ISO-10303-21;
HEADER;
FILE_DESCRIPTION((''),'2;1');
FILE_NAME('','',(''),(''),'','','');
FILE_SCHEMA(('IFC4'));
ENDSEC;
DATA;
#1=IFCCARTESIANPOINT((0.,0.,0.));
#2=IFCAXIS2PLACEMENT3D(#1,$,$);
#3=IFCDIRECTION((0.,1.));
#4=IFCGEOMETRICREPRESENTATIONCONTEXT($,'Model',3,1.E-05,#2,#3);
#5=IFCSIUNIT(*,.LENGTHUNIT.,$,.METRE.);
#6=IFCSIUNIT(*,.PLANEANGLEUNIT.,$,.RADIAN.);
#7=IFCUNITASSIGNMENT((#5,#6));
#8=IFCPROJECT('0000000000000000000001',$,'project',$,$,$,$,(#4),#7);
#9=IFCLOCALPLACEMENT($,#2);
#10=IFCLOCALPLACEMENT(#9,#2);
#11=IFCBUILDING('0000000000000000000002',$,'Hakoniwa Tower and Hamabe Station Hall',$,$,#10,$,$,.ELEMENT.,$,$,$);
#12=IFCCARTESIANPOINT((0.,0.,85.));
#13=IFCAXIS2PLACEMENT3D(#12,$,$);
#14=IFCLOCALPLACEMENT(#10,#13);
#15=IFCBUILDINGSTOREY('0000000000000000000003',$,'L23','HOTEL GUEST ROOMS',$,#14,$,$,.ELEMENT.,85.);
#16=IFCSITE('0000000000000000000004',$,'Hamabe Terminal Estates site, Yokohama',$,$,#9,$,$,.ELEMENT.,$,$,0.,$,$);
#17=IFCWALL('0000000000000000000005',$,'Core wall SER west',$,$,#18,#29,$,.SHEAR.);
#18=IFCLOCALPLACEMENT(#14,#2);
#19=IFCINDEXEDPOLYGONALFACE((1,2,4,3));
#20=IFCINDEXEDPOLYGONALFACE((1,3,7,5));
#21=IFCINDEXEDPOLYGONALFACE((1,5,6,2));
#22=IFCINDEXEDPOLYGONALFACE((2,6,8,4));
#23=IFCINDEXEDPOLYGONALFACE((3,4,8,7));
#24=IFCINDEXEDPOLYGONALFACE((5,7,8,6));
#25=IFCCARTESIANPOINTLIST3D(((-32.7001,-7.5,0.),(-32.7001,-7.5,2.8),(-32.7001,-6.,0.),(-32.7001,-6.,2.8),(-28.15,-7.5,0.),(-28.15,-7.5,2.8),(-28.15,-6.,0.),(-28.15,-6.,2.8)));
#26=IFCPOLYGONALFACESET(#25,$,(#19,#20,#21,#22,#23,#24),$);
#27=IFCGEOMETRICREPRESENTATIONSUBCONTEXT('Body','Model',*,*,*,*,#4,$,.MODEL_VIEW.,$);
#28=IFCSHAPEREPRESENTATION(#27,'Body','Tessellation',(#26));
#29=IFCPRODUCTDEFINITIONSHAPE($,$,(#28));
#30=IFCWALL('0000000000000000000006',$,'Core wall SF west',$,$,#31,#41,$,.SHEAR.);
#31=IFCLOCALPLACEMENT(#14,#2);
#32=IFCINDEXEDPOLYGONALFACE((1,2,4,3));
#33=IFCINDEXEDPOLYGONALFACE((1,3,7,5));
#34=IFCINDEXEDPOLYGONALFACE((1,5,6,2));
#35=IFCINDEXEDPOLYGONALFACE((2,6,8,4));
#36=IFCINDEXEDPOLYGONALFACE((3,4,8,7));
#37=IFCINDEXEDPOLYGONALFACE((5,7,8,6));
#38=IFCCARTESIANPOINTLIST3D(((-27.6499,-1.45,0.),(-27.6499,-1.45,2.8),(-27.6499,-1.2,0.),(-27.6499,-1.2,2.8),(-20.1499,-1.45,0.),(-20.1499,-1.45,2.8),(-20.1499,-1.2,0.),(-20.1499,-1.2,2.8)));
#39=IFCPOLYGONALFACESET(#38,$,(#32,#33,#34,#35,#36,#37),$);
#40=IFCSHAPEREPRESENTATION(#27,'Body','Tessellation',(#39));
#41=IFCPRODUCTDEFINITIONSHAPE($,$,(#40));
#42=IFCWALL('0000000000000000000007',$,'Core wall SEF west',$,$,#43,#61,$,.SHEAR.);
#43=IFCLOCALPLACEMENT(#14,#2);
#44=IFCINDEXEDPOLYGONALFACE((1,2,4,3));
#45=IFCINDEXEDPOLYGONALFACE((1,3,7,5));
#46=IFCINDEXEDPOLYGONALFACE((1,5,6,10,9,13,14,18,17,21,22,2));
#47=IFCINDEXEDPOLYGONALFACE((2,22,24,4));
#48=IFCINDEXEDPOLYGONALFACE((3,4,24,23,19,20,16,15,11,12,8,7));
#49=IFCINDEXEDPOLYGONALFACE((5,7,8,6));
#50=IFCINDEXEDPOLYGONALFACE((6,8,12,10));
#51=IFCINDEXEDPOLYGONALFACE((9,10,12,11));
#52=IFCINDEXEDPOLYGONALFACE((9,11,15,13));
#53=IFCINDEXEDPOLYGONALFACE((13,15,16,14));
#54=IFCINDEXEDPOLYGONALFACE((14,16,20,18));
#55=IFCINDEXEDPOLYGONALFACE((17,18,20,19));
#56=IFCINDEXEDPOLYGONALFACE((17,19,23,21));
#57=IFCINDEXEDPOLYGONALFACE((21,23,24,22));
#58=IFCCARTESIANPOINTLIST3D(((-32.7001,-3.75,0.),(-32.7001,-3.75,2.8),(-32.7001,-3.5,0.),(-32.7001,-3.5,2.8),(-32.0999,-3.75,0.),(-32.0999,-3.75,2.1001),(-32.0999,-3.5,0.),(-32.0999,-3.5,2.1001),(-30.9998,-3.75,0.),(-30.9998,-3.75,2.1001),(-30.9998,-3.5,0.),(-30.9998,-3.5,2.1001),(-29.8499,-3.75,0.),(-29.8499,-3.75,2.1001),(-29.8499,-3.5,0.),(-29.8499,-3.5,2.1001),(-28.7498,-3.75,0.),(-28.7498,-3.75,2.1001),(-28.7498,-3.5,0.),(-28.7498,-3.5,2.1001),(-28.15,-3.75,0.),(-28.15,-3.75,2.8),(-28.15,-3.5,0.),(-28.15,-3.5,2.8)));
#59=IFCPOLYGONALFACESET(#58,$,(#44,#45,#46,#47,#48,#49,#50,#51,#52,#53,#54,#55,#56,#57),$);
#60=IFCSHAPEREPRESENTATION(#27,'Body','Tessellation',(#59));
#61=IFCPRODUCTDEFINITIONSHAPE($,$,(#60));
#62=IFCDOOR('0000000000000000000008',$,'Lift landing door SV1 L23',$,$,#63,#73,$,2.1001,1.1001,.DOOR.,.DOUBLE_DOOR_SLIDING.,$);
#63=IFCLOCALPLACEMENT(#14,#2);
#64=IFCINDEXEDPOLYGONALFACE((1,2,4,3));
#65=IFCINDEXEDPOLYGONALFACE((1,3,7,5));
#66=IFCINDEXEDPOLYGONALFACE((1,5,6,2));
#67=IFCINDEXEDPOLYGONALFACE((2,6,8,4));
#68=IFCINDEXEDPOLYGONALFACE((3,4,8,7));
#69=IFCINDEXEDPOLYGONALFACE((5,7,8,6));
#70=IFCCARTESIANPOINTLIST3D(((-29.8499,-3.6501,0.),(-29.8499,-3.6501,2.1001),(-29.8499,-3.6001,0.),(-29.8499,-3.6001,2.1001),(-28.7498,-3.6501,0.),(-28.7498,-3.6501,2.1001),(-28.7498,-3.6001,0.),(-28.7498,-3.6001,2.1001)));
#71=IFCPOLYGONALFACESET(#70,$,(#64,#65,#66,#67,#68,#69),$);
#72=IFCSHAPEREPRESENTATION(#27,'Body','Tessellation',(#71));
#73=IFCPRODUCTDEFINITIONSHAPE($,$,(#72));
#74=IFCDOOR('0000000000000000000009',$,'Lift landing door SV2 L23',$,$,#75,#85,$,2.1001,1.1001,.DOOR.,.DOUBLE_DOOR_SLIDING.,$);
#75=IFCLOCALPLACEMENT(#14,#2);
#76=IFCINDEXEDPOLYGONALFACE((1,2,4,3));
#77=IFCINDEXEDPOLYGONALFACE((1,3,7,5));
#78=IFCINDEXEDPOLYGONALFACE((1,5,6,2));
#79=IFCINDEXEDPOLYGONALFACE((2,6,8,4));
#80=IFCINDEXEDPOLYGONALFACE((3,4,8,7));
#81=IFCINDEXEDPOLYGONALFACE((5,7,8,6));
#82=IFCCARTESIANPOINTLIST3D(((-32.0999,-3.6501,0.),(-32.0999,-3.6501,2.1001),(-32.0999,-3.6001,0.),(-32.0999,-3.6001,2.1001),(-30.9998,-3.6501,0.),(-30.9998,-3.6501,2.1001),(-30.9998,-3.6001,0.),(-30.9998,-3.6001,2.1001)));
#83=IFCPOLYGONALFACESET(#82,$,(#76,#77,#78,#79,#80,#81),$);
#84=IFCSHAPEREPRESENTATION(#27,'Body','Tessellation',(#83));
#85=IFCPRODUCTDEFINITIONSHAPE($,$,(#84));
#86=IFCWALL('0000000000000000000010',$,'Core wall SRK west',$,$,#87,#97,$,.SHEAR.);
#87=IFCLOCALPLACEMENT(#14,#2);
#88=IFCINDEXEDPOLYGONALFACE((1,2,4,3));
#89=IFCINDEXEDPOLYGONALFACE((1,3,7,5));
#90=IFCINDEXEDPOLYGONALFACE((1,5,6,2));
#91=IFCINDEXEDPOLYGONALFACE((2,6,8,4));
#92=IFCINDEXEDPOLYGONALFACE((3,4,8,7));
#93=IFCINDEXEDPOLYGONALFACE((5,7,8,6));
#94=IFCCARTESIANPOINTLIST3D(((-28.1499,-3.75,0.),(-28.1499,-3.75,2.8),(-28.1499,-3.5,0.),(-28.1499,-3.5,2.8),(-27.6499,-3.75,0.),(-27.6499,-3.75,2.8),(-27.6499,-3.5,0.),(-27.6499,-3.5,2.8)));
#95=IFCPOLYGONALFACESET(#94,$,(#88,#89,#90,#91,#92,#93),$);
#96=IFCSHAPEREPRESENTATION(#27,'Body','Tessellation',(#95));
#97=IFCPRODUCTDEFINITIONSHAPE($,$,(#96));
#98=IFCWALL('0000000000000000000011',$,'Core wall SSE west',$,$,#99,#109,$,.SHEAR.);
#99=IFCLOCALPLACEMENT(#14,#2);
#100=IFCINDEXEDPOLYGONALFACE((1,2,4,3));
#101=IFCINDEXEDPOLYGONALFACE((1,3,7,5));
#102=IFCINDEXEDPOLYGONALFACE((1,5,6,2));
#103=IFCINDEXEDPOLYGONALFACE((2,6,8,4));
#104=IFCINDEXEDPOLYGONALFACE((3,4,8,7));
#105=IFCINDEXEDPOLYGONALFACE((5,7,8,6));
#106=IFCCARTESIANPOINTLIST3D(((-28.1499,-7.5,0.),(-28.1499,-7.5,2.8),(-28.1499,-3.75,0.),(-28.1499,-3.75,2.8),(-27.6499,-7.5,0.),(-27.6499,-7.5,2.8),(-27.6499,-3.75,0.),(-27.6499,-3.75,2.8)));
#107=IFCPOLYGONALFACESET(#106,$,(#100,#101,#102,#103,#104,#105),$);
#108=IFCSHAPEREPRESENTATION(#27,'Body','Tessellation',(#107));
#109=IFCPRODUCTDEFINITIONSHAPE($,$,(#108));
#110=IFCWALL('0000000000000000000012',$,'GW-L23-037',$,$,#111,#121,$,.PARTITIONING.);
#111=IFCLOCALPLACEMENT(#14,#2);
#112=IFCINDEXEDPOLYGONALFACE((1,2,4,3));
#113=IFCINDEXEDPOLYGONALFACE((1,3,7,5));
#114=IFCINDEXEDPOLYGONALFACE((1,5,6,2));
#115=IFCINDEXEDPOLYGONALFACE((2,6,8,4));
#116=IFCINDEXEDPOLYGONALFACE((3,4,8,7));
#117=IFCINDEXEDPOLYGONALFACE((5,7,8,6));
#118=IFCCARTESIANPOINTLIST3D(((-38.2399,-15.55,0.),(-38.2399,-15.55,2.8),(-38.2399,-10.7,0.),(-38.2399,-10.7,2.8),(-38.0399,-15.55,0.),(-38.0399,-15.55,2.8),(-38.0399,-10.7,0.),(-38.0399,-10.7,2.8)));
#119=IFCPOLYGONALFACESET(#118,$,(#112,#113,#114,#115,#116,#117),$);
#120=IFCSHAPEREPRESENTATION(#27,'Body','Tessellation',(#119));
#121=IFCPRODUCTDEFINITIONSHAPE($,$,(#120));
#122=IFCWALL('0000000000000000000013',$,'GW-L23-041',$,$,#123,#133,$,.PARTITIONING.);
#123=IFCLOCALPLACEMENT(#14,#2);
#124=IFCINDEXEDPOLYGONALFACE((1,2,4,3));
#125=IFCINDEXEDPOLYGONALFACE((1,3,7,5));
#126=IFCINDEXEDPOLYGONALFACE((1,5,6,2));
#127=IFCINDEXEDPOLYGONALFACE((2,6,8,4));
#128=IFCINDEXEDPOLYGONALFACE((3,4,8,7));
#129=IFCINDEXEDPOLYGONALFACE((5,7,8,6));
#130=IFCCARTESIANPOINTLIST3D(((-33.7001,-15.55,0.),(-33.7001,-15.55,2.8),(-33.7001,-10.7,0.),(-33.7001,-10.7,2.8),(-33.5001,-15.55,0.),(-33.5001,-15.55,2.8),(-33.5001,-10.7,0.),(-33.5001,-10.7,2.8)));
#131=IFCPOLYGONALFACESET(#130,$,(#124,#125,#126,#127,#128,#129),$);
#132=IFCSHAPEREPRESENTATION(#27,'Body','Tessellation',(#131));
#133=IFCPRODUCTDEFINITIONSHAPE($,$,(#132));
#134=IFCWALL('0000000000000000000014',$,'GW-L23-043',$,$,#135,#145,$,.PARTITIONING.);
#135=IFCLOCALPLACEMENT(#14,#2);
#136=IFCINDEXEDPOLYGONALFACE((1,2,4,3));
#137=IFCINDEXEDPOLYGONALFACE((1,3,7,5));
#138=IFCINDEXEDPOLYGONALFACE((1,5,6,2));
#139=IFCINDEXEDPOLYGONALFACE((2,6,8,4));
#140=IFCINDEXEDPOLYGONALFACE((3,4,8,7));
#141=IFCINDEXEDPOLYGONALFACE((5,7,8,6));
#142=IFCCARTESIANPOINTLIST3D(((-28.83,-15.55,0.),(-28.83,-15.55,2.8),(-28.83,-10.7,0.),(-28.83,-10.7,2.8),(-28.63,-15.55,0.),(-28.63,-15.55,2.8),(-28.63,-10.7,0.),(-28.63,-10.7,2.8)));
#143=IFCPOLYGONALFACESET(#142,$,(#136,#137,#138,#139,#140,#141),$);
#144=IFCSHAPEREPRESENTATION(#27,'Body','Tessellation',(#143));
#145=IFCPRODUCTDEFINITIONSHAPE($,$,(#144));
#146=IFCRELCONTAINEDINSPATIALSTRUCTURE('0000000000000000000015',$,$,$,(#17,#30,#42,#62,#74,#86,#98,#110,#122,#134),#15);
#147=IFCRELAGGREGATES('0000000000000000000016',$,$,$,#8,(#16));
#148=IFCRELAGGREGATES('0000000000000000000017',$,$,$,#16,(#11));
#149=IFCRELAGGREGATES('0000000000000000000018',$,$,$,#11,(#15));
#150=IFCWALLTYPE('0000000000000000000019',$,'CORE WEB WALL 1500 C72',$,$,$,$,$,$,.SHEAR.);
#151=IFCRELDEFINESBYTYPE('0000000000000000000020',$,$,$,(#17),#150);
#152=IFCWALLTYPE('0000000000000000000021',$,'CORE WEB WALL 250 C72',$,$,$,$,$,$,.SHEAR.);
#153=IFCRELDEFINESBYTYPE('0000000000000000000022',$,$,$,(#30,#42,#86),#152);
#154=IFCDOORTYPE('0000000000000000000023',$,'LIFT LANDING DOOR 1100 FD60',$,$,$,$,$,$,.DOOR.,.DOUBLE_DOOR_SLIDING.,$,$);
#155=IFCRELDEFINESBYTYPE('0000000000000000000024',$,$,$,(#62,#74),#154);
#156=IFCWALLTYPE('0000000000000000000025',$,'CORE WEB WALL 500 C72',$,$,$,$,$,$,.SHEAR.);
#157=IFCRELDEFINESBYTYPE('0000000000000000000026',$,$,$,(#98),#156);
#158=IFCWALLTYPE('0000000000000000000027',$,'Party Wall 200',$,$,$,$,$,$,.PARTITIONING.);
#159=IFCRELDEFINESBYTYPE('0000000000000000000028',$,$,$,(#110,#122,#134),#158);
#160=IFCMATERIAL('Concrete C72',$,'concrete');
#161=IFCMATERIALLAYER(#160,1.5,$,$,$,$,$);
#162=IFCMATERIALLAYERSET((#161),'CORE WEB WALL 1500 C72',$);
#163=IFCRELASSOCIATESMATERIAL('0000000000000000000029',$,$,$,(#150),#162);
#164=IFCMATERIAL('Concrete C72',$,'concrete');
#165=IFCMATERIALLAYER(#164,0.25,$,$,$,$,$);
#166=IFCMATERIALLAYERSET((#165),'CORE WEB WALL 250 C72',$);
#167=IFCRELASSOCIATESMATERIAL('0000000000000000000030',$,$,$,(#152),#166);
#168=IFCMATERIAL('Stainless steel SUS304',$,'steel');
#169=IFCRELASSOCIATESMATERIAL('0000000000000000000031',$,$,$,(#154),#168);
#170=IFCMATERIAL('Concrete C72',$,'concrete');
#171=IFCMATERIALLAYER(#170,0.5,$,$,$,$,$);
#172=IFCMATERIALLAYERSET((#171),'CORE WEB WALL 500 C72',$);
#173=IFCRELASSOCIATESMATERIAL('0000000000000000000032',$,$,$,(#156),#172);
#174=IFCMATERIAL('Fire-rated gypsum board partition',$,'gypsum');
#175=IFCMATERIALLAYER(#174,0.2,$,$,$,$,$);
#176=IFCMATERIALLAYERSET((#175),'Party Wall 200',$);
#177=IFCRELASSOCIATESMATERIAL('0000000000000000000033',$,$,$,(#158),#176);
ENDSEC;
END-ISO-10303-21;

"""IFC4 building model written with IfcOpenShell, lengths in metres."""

from ifc_helpers import new_model, si_unit, direction, frame, frame_2d, origin, place, context, subcontext, project, spatial, rectangle, extrude, material, layer, layer_set, type_object, element, fill, save


model = new_model("IFC4")

# Units and contexts
model_context = context("Model", 3, precision=1e-05, world=origin(), true_north=direction((0.0, 1.0)))
body_context = subcontext(model_context, "Body", "Model", "MODEL_VIEW")
ifc_project = project(units=[si_unit("LENGTHUNIT", "METRE"), si_unit("PLANEANGLEUNIT", "RADIAN")], contexts=[model_context])

# Site, building, storey
site_placement = place(None, origin())
site = spatial("IfcSite", under=ifc_project, at=site_placement, Name="Hamabe Terminal Estates site, Yokohama", CompositionType="ELEMENT", RefElevation=0.0)
building_placement = place(site_placement, origin())
building = spatial("IfcBuilding", under=site, at=building_placement, Name="Hakoniwa Tower and Hamabe Station Hall", CompositionType="ELEMENT")
storey_placement = place(building_placement, frame((0.0, 0.0, 85.0)))
storey = spatial("IfcBuildingStorey", under=building, at=storey_placement, Name="L23", Description="HOTEL GUEST ROOMS", CompositionType="ELEMENT", Elevation=85.0)

# Walls
ifc_material_1 = material(Name="Concrete C72", Category="concrete")
ifc_layer_1 = layer(ifc_material_1, 1.5)
ifc_layer_set_1 = layer_set([ifc_layer_1], Name="CORE WEB WALL 1500 C72")
wall_type_1 = type_object("IfcWallType", Name="CORE WEB WALL 1500 C72", PredefinedType="SHEAR", material=ifc_layer_set_1)
wall_1_placement = place(storey_placement, frame((-32.7, -6.75, 0.0), z_axis=(0.0, 0.0, 1.0), x_axis=(1.0, 0.0, 0.0)))
element("IfcWall", 1, at=wall_1_placement, inside=storey, type_object=wall_type_1, Name="Core wall SER west", PredefinedType="SHEAR", context=body_context, shape_type="SweptSolid", body=[
    extrude(rectangle(XDim=4.55, YDim=1.5, at=frame_2d((2.2749, 0.0))), origin(), (0.0, 0.0, 1.0), 2.8),
])
ifc_material_2 = material(Name="Concrete C72", Category="concrete")
ifc_layer_2 = layer(ifc_material_2, 0.25)
ifc_layer_set_2 = layer_set([ifc_layer_2], Name="CORE WEB WALL 250 C72")
wall_type_2 = type_object("IfcWallType", Name="CORE WEB WALL 250 C72", PredefinedType="SHEAR", material=ifc_layer_set_2)
wall_2_placement = place(storey_placement, frame((-27.6499, -1.325, 0.0), z_axis=(0.0, 0.0, 1.0), x_axis=(1.0, 0.0, 0.0)))
element("IfcWall", 2, at=wall_2_placement, inside=storey, type_object=wall_type_2, Name="Core wall SF west", PredefinedType="SHEAR", context=body_context, shape_type="SweptSolid", body=[
    extrude(rectangle(XDim=7.5, YDim=0.25, at=frame_2d((3.75, 0.0))), origin(), (0.0, 0.0, 1.0), 2.8),
])

# Wall, openings, doors
wall_3_placement = place(storey_placement, frame((-32.7, -3.625, 0.0), z_axis=(0.0, 0.0, 1.0), x_axis=(1.0, 0.0, 0.0)))
wall_3 = element("IfcWall", 3, at=wall_3_placement, inside=storey, type_object=wall_type_2, Name="Core wall SEF west", PredefinedType="SHEAR", context=body_context, shape_type="SweptSolid", body=[
    extrude(rectangle(XDim=4.55, YDim=0.25, at=frame_2d((2.2749, 0.0))), origin(), (0.0, 0.0, 1.0), 2.8),
])
opening_1_placement = place(wall_3_placement, frame((2.8501, 0.0, 0.0)))
opening_1 = element("IfcOpeningElement", 4, at=opening_1_placement, cuts=wall_3, PredefinedType="OPENING", context=body_context, shape_type="SweptSolid", body=[
    extrude(rectangle(XDim=1.1001, YDim=2.1001, at=frame_2d((0.55, 1.05))), frame((0.0, 0.135, 0.0), z_axis=(0.0, -1.0, 0.0), x_axis=(1.0, 0.0, 0.0)), (0.0, 0.0, 1.0), 0.27),
])
opening_2_placement = place(wall_3_placement, frame((0.6001, 0.0, 0.0)))
opening_2 = element("IfcOpeningElement", 5, at=opening_2_placement, cuts=wall_3, PredefinedType="OPENING", context=body_context, shape_type="SweptSolid", body=[
    extrude(rectangle(XDim=1.1001, YDim=2.1001, at=frame_2d((0.55, 1.05))), frame((0.0, 0.135, 0.0), z_axis=(0.0, -1.0, 0.0), x_axis=(1.0, 0.0, 0.0)), (0.0, 0.0, 1.0), 0.27),
])
ifc_material_3 = material(Name="Stainless steel SUS304", Category="steel")
door_type_1 = type_object("IfcDoorType", Name="LIFT LANDING DOOR 1100 FD60", OperationType="DOUBLE_DOOR_SLIDING", PredefinedType="DOOR", material=ifc_material_3)
door_1_placement = place(opening_1_placement, origin())
door_1 = element("IfcDoor", 6, at=door_1_placement, inside=storey, type_object=door_type_1, Name="Lift landing door SV1 L23", OperationType="DOUBLE_DOOR_SLIDING", OverallHeight=2.1001, OverallWidth=1.1001, PredefinedType="DOOR", context=body_context, shape_type="SweptSolid", body=[
    extrude(rectangle(XDim=1.1001, YDim=2.1001, at=frame_2d((0.55, 1.05))), frame((0.0, 0.0249, 0.0), z_axis=(0.0, -1.0, 0.0), x_axis=(1.0, 0.0, 0.0)), (0.0, 0.0, 1.0), 0.05),
])
fill(opening_1, door_1)
door_2_placement = place(opening_2_placement, origin())
door_2 = element("IfcDoor", 7, at=door_2_placement, inside=storey, type_object=door_type_1, Name="Lift landing door SV2 L23", OperationType="DOUBLE_DOOR_SLIDING", OverallHeight=2.1001, OverallWidth=1.1001, PredefinedType="DOOR", context=body_context, shape_type="SweptSolid", body=[
    extrude(rectangle(XDim=1.1001, YDim=2.1001, at=frame_2d((0.55, 1.05))), frame((0.0, 0.0249, 0.0), z_axis=(0.0, -1.0, 0.0), x_axis=(1.0, 0.0, 0.0)), (0.0, 0.0, 1.0), 0.05),
])
fill(opening_2, door_2)

# Walls
wall_4_placement = place(storey_placement, frame((-28.1499, -3.625, 0.0), z_axis=(0.0, 0.0, 1.0), x_axis=(1.0, 0.0, 0.0)))
element("IfcWall", 8, at=wall_4_placement, inside=storey, type_object=wall_type_2, Name="Core wall SRK west", PredefinedType="SHEAR", context=body_context, shape_type="SweptSolid", body=[
    extrude(rectangle(XDim=0.5, YDim=0.25, at=frame_2d((0.25, 0.0))), origin(), (0.0, 0.0, 1.0), 2.8),
])
ifc_material_4 = material(Name="Concrete C72", Category="concrete")
ifc_layer_3 = layer(ifc_material_4, 0.5)
ifc_layer_set_3 = layer_set([ifc_layer_3], Name="CORE WEB WALL 500 C72")
wall_type_3 = type_object("IfcWallType", Name="CORE WEB WALL 500 C72", PredefinedType="SHEAR", material=ifc_layer_set_3)
wall_5_placement = place(storey_placement, frame((-27.8999, -7.5, 0.0), z_axis=(0.0, 0.0, 1.0), x_axis=(0.0, 1.0, 0.0)))
element("IfcWall", 9, at=wall_5_placement, inside=storey, type_object=wall_type_3, Name="Core wall SSE west", PredefinedType="SHEAR", context=body_context, shape_type="SweptSolid", body=[
    extrude(rectangle(XDim=3.75, YDim=0.5, at=frame_2d((1.875, 0.0))), origin(), (0.0, 0.0, 1.0), 2.8),
])
ifc_material_5 = material(Name="Fire-rated gypsum board partition", Category="gypsum")
ifc_layer_4 = layer(ifc_material_5, 0.2)
ifc_layer_set_4 = layer_set([ifc_layer_4], Name="Party Wall 200")
wall_type_4 = type_object("IfcWallType", Name="Party Wall 200", PredefinedType="PARTITIONING", material=ifc_layer_set_4)
for number, where, z_axis, x_axis, name in (
    (10, (-38.1399, -15.55, 0.0), (0.0, 0.0, 1.0), (0.0, 1.0, 0.0), "GW-L23-037"),
    (11, (-33.6001, -15.55, 0.0), (0.0, 0.0, 1.0), (0.0, 1.0, 0.0), "GW-L23-041"),
    (12, (-28.73, -15.55, 0.0), (0.0, 0.0, 1.0), (0.0, 1.0, 0.0), "GW-L23-043"),
):
    element("IfcWall", number, at=place(storey_placement, frame(where, z_axis=z_axis, x_axis=x_axis)), inside=storey, type_object=wall_type_4, Name=name, PredefinedType="PARTITIONING", context=body_context, shape_type="SweptSolid", body=[
        extrude(rectangle(XDim=4.8501, YDim=0.2, at=frame_2d((2.425, 0.0))), origin(), (0.0, 0.0, 1.0), 2.8),
    ])

save(model, "model.ifc")
